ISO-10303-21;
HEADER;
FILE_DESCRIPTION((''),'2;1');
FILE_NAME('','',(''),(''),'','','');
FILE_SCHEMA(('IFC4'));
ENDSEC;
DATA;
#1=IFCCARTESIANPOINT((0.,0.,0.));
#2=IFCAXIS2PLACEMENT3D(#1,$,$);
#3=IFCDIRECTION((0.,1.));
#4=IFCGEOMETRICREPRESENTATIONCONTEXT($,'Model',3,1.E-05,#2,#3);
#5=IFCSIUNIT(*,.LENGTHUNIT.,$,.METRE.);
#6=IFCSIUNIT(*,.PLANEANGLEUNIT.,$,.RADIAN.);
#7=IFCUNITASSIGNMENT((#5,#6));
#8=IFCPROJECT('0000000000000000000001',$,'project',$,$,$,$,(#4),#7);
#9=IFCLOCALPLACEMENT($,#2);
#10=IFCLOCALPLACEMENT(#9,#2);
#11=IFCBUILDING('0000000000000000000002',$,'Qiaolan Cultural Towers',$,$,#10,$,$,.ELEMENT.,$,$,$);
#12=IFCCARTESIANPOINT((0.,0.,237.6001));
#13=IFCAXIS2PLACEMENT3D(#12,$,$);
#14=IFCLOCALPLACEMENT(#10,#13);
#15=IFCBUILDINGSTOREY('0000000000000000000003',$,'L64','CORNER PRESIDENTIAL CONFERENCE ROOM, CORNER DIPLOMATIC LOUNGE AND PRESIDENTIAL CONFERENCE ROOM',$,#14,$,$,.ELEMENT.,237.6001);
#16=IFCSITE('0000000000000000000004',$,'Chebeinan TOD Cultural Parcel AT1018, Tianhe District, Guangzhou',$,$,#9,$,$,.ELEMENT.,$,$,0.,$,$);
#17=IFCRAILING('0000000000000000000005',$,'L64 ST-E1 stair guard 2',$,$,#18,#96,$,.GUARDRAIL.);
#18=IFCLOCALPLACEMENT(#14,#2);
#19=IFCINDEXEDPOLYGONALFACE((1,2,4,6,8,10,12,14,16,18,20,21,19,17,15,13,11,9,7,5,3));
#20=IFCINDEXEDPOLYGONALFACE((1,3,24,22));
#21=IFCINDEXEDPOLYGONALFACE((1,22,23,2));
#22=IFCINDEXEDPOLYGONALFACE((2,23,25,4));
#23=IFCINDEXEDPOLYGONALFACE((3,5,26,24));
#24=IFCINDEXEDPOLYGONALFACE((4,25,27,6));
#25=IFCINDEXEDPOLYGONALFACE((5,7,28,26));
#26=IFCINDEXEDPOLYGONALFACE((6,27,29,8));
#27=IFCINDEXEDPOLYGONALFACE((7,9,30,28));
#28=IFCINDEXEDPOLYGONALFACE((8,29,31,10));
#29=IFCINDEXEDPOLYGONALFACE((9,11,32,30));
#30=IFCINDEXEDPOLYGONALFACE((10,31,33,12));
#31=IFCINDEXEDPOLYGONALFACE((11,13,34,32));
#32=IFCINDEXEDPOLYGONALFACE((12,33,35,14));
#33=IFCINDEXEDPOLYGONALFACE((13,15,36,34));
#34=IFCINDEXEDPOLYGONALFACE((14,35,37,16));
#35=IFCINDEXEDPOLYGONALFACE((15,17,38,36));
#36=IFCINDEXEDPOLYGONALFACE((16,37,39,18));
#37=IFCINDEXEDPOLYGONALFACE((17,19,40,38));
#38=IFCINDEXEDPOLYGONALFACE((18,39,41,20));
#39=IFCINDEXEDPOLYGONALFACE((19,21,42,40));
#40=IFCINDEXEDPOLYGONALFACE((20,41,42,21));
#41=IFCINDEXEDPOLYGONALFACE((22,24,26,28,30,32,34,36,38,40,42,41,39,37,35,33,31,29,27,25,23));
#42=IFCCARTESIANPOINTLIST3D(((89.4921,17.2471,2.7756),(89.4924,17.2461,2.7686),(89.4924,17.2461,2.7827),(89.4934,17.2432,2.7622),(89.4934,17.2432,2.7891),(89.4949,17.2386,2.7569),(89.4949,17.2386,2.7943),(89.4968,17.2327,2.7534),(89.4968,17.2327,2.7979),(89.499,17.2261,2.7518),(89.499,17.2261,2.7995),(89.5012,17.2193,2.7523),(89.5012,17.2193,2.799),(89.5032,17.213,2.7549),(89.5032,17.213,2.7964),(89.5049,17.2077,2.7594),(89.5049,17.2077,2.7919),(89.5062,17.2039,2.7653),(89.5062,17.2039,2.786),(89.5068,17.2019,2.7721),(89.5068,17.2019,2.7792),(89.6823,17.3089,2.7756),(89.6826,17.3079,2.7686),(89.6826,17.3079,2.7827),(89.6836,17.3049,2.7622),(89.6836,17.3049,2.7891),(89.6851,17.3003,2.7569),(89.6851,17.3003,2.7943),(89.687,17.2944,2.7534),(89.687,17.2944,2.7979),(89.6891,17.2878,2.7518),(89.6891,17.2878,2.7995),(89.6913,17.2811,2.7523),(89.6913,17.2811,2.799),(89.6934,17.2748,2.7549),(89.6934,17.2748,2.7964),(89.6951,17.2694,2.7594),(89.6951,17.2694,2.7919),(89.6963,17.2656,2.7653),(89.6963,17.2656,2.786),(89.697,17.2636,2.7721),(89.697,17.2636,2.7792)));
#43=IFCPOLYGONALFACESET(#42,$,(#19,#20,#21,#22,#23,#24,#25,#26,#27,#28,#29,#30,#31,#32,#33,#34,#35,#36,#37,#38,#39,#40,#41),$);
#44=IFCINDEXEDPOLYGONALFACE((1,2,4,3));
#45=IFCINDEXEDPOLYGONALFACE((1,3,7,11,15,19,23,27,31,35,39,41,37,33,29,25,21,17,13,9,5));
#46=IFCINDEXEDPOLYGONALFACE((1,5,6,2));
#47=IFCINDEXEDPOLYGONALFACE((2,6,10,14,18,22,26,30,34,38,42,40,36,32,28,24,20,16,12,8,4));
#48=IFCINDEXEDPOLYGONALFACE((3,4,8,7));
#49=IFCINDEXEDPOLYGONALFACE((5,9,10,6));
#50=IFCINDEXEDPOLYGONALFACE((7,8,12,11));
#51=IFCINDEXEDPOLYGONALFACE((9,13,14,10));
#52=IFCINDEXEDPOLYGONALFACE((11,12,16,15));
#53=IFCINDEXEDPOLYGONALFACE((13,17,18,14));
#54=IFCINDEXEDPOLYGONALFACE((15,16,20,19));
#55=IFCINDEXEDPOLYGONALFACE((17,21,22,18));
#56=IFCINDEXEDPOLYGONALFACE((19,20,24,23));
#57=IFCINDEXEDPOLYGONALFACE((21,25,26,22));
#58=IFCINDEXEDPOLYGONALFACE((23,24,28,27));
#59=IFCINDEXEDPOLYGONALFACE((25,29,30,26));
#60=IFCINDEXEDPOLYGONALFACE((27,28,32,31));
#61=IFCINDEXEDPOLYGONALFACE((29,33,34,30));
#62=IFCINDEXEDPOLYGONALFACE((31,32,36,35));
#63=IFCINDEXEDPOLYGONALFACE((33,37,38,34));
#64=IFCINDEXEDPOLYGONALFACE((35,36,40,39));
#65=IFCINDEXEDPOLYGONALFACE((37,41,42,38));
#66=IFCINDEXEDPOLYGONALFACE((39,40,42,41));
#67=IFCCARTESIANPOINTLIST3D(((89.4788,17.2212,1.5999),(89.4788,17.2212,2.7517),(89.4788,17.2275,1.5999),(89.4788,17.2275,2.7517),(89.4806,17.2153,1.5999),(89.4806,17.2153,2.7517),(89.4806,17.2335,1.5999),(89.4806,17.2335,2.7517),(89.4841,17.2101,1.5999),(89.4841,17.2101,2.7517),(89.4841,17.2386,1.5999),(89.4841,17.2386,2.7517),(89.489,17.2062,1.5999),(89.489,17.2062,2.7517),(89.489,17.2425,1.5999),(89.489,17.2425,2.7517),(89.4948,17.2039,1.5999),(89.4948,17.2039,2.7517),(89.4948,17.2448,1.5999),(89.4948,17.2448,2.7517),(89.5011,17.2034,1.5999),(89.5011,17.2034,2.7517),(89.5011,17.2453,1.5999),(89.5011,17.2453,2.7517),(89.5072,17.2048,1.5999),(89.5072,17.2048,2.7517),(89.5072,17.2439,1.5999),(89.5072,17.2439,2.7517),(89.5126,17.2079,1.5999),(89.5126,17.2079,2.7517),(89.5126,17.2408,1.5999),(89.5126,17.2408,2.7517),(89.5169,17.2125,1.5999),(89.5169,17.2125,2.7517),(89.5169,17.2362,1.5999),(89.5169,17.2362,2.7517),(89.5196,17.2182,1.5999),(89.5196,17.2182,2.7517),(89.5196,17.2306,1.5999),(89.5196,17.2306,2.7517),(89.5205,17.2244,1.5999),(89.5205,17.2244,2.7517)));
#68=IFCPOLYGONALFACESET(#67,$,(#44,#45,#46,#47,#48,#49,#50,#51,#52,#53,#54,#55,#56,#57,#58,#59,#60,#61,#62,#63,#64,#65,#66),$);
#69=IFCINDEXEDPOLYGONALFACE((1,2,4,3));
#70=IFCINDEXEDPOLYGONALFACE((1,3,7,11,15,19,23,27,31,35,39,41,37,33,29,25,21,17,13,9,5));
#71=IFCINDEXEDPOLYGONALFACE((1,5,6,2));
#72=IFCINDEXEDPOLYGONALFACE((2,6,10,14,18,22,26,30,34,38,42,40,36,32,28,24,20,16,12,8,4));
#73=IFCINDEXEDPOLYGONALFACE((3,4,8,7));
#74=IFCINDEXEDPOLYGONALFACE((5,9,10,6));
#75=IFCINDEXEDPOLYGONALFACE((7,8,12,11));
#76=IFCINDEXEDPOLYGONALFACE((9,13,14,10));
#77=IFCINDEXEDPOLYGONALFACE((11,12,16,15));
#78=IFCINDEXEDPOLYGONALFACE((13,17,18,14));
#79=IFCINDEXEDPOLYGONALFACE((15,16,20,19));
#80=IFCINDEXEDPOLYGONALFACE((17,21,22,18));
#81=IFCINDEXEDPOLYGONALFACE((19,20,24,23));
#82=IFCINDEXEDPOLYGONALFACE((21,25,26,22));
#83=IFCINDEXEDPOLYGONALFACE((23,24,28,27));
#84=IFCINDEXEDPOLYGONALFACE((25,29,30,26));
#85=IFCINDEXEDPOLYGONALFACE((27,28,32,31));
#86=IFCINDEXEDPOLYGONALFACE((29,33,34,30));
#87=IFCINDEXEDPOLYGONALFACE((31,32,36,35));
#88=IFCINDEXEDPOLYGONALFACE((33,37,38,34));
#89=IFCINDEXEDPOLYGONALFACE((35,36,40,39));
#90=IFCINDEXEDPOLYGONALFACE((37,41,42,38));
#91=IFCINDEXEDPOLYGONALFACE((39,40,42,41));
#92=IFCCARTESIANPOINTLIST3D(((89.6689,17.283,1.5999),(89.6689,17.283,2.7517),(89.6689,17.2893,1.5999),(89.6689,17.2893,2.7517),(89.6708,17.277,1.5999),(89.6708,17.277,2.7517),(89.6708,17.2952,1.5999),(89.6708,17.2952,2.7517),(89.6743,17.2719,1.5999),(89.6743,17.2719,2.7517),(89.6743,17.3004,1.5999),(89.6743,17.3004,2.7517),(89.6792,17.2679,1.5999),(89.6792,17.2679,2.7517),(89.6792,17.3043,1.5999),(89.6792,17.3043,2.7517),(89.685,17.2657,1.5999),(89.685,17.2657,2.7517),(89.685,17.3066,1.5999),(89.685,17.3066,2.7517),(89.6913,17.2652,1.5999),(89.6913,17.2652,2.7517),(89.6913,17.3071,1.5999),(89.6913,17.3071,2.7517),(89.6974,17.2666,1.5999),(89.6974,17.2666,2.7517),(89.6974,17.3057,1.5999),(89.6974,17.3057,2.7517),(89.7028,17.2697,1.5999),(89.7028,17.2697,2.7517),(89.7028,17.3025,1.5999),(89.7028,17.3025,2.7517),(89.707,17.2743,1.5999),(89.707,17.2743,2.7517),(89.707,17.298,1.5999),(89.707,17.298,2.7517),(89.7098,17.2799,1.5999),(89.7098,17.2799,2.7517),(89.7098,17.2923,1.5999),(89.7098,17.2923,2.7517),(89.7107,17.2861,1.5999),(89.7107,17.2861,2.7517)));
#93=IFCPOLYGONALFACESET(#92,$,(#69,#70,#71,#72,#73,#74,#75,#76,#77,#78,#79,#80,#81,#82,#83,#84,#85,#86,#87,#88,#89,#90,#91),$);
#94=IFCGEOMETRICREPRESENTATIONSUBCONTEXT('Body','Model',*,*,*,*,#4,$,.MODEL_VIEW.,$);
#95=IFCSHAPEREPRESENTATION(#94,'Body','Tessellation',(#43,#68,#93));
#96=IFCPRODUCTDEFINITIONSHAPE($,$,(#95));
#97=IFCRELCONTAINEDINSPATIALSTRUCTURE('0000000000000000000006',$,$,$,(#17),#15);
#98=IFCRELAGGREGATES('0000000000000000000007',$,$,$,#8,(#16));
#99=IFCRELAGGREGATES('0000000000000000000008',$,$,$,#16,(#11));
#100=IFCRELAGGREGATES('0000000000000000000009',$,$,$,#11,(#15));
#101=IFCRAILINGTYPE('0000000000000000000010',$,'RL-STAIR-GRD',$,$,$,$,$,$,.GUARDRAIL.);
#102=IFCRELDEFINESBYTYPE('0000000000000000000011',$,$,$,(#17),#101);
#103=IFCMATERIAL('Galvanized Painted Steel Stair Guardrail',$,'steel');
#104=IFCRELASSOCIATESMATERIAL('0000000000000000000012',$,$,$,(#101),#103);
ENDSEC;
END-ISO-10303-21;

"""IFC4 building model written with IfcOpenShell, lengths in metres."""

from ifc_helpers import new_model, si_unit, direction, frame, origin, origin_2d, place, context, subcontext, project, spatial, circle, extrude, material, type_object, element, save


model = new_model("IFC4")

# Units and contexts
model_context = context("Model", 3, precision=1e-05, world=origin(), true_north=direction((0.0, 1.0)))
body_context = subcontext(model_context, "Body", "Model", "MODEL_VIEW")
ifc_project = project(units=[si_unit("LENGTHUNIT", "METRE"), si_unit("PLANEANGLEUNIT", "RADIAN")], contexts=[model_context])

# Site, building, storey
site_placement = place(None, origin())
site = spatial("IfcSite", under=ifc_project, at=site_placement, Name="Chebeinan TOD Cultural Parcel AT1018, Tianhe District, Guangzhou", CompositionType="ELEMENT", RefElevation=0.0)
building_placement = place(site_placement, origin())
building = spatial("IfcBuilding", under=site, at=building_placement, Name="Qiaolan Cultural Towers", CompositionType="ELEMENT")
storey_placement = place(building_placement, frame((0.0, 0.0, 237.6001)))
storey = spatial("IfcBuildingStorey", under=building, at=storey_placement, Name="L64", Description="CORNER PRESIDENTIAL CONFERENCE ROOM, CORNER DIPLOMATIC LOUNGE AND PRESIDENTIAL CONFERENCE ROOM", CompositionType="ELEMENT", Elevation=237.6001)

# Railing
ifc_material_1 = material(Name="Galvanized Painted Steel Stair Guardrail", Category="steel")
railing_type_1 = type_object("IfcRailingType", Name="RL-STAIR-GRD", PredefinedType="GUARDRAIL", material=ifc_material_1)
railing_1_placement = place(storey_placement, frame((89.4995, 17.2244, 1.5999)))
element("IfcRailing", 1, at=railing_1_placement, inside=storey, type_object=railing_type_1, Name="L64 ST-E1 stair guard 2", PredefinedType="GUARDRAIL", context=body_context, shape_type="SweptSolid", body=[
    extrude(circle(Radius=0.0239, at=origin_2d()), frame((0.0, 0.0, 1.1758), z_axis=(0.951097, 0.308893, 0.0), x_axis=(-0.308893, 0.951097, 0.0)), (0.0, 0.0, 1.0), 0.2),
    extrude(circle(Radius=0.021, at=origin_2d()), origin(), (0.0, 0.0, 1.0), 1.1519),
    extrude(circle(Radius=0.021, at=origin_2d()), frame((0.1902, 0.0618, 0.0)), (0.0, 0.0, 1.0), 1.1519),
])

save(model, "model.ifc")
